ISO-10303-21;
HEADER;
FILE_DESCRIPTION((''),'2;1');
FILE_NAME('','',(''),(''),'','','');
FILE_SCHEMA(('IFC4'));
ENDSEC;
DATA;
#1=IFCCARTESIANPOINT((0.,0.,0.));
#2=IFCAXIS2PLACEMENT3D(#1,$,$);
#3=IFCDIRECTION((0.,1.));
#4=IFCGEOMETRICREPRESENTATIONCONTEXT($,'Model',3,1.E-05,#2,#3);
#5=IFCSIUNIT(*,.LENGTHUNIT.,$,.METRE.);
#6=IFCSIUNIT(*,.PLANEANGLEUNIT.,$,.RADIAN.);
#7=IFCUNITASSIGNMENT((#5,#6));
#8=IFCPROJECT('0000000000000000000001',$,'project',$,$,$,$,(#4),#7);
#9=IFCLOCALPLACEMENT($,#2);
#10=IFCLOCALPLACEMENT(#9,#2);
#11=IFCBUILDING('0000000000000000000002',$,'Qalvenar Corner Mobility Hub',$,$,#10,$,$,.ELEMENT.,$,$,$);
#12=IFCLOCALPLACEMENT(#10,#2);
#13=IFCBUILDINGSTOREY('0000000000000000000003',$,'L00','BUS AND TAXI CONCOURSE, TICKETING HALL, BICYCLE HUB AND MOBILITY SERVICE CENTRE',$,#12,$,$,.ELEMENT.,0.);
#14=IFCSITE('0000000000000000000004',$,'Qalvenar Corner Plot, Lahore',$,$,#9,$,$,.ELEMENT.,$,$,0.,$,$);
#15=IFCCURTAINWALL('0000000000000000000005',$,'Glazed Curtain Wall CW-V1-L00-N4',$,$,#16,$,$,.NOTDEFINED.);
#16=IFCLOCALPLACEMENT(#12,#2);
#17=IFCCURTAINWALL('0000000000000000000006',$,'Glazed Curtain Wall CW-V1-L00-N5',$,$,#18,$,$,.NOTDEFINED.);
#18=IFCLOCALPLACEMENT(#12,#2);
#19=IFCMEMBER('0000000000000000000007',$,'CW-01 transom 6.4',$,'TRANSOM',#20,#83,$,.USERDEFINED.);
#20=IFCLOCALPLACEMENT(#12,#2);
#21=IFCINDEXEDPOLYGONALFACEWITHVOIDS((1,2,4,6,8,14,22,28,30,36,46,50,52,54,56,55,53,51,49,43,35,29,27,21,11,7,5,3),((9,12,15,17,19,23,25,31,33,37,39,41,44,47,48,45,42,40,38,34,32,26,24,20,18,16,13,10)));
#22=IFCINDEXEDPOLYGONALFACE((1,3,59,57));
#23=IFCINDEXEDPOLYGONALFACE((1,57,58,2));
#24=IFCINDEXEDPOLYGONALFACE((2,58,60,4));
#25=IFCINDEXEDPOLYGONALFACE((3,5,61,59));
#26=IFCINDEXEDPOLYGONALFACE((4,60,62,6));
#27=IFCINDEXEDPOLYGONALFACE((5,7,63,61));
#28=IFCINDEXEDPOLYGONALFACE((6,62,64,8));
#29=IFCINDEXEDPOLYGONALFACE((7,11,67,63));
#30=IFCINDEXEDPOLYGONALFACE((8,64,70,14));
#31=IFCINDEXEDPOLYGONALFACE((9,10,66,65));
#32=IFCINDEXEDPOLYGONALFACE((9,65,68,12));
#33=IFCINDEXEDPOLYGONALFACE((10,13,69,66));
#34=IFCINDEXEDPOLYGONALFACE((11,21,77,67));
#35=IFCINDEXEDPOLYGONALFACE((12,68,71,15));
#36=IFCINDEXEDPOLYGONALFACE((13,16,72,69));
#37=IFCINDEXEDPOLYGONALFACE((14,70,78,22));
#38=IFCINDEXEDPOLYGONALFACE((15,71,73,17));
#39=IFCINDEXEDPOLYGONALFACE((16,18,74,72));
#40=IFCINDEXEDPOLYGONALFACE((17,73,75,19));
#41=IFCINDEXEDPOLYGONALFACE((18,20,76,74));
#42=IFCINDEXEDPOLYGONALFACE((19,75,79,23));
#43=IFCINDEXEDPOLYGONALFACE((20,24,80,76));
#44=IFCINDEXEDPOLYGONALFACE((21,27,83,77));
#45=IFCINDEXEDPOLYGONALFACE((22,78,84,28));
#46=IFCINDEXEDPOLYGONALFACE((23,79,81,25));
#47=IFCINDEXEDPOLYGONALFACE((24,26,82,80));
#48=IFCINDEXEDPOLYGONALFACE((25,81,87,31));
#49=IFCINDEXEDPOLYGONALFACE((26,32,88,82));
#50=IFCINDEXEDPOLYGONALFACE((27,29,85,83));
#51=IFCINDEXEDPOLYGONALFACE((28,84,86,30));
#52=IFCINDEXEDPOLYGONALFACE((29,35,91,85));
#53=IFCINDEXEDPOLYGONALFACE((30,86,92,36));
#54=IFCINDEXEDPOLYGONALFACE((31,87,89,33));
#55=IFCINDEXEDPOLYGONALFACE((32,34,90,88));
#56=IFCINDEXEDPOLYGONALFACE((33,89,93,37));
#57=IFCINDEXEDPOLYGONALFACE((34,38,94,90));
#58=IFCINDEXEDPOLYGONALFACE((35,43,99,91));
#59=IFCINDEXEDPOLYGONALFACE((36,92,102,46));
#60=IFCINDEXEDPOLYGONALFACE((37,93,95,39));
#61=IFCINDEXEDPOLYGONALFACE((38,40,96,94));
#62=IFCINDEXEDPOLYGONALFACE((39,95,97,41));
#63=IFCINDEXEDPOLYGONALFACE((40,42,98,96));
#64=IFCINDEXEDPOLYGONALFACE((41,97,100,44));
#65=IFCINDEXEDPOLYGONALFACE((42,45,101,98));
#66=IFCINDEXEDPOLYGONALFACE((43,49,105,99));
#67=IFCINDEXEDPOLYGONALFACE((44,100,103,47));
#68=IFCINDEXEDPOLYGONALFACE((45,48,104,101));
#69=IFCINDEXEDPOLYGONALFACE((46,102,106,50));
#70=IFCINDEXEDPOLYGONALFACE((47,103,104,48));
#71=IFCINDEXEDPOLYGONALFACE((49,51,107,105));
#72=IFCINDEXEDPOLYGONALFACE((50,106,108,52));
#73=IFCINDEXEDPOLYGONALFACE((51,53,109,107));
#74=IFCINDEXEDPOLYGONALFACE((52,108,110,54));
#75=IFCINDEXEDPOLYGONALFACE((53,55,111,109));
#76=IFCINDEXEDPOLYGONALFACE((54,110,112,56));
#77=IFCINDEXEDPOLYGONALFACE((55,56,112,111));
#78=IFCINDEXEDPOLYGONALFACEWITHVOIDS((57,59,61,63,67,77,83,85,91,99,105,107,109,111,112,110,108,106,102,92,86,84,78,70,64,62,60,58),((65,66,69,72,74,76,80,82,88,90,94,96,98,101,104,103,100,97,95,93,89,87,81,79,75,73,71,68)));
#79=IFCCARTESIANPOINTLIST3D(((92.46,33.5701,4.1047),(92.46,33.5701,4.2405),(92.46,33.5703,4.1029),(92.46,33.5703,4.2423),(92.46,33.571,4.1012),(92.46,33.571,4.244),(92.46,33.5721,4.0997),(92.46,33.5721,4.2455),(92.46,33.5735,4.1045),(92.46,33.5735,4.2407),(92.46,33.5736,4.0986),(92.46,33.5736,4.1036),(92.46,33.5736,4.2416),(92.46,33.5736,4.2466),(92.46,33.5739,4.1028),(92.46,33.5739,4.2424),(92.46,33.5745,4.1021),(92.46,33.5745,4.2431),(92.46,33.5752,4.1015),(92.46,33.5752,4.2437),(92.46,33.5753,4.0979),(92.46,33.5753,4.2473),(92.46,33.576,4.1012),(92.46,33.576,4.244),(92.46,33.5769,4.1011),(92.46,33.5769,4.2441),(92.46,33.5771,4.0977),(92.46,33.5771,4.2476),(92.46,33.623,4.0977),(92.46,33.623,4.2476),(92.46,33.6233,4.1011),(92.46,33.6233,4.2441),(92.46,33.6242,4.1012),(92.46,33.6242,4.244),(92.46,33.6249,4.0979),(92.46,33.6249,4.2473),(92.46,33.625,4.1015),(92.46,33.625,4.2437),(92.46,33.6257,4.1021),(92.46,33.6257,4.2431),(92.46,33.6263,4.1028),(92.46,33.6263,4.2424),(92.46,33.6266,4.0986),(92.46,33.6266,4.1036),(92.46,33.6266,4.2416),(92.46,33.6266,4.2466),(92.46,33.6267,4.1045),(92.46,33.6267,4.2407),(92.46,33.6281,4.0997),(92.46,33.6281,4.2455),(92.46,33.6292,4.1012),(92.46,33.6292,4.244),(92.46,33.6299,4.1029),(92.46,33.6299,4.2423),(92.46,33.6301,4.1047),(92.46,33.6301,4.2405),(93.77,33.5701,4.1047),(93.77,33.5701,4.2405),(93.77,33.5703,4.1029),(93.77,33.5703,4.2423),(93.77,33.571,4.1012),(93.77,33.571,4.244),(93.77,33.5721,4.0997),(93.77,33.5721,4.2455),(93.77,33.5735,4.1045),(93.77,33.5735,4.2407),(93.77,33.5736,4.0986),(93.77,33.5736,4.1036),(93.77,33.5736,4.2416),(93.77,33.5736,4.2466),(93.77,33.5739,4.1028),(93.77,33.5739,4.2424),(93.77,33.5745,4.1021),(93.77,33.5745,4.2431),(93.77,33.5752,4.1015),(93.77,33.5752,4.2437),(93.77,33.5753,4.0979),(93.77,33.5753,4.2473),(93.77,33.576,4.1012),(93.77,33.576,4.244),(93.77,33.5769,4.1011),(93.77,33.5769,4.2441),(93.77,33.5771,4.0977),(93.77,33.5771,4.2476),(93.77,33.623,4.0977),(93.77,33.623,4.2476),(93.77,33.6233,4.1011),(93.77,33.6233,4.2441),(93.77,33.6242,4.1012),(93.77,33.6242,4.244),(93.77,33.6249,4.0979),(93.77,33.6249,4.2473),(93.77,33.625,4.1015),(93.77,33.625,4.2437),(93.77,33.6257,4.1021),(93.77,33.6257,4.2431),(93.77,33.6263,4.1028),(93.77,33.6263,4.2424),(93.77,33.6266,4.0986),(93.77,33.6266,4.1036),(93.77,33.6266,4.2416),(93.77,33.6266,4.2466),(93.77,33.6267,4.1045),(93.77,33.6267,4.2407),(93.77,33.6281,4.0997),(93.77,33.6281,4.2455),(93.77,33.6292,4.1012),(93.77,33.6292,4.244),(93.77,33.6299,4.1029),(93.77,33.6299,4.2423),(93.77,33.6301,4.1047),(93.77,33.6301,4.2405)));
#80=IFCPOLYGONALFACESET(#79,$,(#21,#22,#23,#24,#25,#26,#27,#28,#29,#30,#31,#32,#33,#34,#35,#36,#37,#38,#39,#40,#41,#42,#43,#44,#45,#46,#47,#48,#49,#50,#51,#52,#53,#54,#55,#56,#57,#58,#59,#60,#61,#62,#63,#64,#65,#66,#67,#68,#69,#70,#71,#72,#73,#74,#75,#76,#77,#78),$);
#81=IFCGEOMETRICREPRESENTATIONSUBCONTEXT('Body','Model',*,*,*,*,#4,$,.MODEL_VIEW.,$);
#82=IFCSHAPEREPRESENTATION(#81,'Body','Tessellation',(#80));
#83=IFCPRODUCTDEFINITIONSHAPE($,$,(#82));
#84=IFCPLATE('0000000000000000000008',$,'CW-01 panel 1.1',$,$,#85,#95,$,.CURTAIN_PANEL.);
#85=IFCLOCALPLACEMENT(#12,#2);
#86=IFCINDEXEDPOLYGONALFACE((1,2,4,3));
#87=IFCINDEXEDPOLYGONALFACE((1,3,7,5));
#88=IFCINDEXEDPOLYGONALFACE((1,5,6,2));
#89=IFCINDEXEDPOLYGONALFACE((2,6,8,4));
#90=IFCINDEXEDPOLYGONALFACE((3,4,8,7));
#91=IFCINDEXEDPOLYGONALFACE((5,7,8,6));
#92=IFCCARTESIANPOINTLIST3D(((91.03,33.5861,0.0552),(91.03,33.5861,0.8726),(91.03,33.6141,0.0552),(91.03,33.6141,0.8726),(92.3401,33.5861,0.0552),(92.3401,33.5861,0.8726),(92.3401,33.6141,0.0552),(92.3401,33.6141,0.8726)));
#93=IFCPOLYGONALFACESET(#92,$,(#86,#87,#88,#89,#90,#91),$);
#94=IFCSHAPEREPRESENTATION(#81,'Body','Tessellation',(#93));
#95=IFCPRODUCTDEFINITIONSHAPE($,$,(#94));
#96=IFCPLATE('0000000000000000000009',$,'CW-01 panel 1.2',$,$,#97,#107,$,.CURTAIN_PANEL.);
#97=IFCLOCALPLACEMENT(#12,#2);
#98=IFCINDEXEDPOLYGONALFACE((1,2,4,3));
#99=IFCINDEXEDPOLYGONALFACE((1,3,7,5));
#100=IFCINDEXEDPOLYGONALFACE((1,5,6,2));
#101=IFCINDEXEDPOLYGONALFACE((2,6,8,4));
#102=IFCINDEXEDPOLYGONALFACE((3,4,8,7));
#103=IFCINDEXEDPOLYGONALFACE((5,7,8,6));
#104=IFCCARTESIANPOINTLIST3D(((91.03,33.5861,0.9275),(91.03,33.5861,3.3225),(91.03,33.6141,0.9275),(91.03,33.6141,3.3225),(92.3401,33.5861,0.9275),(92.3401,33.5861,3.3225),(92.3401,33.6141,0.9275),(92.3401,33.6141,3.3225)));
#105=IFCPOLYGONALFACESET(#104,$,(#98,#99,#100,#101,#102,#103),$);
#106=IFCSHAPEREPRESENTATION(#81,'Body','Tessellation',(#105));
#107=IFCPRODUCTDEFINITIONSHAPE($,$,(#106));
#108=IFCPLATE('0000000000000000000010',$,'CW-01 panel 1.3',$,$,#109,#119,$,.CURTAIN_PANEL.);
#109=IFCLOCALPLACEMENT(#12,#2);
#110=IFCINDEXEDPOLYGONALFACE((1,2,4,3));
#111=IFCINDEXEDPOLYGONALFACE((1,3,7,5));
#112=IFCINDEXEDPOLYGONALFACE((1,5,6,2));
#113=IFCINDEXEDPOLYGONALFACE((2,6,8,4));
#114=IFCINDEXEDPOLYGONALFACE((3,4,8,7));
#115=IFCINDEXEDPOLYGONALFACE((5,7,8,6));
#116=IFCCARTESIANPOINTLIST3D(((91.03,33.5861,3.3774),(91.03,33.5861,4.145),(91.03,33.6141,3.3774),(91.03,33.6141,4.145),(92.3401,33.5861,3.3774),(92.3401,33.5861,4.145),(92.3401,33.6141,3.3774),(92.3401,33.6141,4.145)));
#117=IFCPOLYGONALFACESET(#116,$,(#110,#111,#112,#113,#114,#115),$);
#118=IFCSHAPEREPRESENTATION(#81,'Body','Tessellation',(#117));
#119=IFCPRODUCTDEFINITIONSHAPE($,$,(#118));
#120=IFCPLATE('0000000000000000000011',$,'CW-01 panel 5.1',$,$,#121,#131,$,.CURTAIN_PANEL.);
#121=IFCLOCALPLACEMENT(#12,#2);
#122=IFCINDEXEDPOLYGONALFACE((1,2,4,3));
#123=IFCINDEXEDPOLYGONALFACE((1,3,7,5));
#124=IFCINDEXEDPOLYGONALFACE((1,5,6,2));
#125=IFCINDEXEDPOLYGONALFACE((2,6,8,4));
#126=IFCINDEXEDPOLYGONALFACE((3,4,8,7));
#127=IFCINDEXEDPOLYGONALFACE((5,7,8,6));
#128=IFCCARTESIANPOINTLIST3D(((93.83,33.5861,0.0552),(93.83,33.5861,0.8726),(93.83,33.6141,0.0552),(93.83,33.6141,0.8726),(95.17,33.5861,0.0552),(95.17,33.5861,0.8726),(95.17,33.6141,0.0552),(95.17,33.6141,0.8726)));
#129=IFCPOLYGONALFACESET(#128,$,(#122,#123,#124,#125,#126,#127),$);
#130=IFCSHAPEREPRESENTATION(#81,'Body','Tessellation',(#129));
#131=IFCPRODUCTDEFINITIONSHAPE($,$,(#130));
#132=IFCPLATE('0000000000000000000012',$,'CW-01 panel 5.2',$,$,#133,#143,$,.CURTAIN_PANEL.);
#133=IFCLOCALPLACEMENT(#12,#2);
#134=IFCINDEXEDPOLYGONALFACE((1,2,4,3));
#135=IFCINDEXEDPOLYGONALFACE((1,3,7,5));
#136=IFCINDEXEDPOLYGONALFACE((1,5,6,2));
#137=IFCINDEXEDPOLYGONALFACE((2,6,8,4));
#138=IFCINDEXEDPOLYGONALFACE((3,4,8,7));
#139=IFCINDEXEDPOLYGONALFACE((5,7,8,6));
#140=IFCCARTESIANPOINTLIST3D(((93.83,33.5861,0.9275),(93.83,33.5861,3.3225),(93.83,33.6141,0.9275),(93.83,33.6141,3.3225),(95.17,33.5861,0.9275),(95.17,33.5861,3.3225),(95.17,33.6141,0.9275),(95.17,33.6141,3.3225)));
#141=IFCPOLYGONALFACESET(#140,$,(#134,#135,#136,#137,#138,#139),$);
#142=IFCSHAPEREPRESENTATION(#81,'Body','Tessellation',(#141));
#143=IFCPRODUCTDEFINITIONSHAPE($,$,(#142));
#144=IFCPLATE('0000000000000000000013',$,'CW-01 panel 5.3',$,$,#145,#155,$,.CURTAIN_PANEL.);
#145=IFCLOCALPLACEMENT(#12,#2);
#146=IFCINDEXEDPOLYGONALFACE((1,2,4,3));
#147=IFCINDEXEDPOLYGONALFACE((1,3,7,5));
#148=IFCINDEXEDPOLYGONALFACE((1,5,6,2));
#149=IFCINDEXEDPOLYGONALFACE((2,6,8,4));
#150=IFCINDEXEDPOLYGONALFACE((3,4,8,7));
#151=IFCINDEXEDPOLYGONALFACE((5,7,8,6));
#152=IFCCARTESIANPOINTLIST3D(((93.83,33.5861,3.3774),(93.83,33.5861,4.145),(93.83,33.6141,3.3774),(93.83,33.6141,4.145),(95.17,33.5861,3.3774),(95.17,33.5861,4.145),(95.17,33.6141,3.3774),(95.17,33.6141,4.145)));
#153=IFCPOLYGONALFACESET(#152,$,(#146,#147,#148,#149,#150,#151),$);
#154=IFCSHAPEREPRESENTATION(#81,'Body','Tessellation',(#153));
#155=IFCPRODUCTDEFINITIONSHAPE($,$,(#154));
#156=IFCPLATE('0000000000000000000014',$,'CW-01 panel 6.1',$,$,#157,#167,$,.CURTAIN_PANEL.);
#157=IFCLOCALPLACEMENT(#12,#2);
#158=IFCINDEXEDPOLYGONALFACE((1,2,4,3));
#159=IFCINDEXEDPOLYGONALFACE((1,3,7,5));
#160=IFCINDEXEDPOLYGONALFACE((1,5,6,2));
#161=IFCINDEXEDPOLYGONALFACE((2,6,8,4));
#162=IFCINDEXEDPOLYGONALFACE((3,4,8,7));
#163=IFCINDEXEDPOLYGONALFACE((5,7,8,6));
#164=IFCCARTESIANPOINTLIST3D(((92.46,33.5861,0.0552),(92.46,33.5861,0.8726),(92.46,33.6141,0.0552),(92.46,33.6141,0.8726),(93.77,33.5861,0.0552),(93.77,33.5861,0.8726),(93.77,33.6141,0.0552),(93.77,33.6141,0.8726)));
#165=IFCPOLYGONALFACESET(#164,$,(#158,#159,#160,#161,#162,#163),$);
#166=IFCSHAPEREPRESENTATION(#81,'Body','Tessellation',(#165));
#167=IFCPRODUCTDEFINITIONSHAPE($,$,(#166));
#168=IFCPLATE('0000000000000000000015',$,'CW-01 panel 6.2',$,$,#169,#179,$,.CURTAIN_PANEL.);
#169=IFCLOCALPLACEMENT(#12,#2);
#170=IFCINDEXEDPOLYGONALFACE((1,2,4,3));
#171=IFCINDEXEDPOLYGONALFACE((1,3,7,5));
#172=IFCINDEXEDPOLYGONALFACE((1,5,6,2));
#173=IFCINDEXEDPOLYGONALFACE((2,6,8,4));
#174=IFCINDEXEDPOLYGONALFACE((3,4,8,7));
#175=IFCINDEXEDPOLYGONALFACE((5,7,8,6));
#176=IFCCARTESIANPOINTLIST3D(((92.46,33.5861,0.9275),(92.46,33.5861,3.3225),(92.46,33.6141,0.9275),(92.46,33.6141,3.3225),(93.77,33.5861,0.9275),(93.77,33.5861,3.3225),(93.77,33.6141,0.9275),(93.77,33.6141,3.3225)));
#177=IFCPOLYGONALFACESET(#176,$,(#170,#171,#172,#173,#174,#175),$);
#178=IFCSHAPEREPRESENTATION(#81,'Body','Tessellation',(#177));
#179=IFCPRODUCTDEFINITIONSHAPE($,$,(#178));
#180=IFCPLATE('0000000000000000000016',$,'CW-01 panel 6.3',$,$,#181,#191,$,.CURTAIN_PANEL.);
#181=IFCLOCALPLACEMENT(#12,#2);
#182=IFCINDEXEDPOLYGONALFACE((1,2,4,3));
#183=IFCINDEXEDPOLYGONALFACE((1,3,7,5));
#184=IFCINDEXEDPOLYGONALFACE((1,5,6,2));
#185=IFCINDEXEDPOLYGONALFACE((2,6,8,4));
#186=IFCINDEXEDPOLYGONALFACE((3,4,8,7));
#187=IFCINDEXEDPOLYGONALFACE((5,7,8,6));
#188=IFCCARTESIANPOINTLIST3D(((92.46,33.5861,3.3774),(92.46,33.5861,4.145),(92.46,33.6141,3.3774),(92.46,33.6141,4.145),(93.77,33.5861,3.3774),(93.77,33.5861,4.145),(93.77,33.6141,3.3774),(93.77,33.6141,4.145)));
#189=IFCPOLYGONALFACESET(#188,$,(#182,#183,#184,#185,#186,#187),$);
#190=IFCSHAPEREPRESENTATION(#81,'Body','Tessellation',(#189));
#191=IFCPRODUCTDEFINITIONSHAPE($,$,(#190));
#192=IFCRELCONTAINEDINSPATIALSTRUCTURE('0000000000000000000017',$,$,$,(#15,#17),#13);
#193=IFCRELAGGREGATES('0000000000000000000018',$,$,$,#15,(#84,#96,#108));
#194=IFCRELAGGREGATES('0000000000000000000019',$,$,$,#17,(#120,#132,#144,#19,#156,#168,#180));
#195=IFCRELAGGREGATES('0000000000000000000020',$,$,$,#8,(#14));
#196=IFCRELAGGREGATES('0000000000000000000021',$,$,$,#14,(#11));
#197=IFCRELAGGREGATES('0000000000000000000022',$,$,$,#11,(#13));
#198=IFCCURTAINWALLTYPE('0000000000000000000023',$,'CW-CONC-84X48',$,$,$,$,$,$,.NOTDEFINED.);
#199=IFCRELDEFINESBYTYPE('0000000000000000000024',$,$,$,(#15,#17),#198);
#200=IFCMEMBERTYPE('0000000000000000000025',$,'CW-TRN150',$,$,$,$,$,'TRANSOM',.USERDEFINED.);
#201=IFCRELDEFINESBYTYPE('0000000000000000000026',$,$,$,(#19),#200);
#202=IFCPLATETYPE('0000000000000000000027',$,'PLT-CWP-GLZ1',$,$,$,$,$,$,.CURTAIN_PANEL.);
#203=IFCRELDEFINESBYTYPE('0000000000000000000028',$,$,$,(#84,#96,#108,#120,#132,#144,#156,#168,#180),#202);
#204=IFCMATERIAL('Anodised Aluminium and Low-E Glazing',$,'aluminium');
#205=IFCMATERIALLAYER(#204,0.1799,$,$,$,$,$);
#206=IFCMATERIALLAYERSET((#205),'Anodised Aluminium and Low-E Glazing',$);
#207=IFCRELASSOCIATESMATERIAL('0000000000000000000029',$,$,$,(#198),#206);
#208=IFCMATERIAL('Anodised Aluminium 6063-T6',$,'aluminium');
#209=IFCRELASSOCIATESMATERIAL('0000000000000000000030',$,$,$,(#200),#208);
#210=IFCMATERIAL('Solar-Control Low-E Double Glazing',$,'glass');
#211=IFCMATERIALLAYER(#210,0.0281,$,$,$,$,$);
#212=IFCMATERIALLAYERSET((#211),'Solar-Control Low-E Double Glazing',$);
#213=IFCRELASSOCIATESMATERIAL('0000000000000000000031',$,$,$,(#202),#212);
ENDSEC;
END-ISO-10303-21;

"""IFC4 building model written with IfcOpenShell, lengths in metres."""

from ifc_helpers import new_model, si_unit, direction, frame, origin, origin_2d, place, context, subcontext, project, spatial, rectangle, hollow_rectangle, extrude, material, layer, layer_set, material_profile, profile_set, type_object, element, aggregate, save


model = new_model("IFC4")

# Units and contexts
model_context = context("Model", 3, precision=1e-05, world=origin(), true_north=direction((0.0, 1.0)))
body_context = subcontext(model_context, "Body", "Model", "MODEL_VIEW")
ifc_project = project(units=[si_unit("LENGTHUNIT", "METRE"), si_unit("PLANEANGLEUNIT", "RADIAN")], contexts=[model_context])

# Site, building, storey
site_placement = place(None, origin())
site = spatial("IfcSite", under=ifc_project, at=site_placement, Name="Qalvenar Corner Plot, Lahore", CompositionType="ELEMENT", RefElevation=0.0)
building_placement = place(site_placement, origin())
building = spatial("IfcBuilding", under=site, at=building_placement, Name="Qalvenar Corner Mobility Hub", CompositionType="ELEMENT")
storey_placement = place(building_placement, origin())
storey = spatial("IfcBuildingStorey", under=building, at=storey_placement, Name="L00", Description="BUS AND TAXI CONCOURSE, TICKETING HALL, BICYCLE HUB AND MOBILITY SERVICE CENTRE", CompositionType="ELEMENT", Elevation=0.0)

# Curtain walls
ifc_material_1 = material(Name="Anodised Aluminium and Low-E Glazing", Category="aluminium")
ifc_layer_1 = layer(ifc_material_1, 0.1799)
ifc_layer_set_1 = layer_set([ifc_layer_1], Name="Anodised Aluminium and Low-E Glazing")
curtain_wall_type = type_object("IfcCurtainWallType", Name="CW-CONC-84X48", PredefinedType="NOTDEFINED", material=ifc_layer_set_1)
curtain_wall_1_placement = place(storey_placement, origin())
curtain_wall_1 = element("IfcCurtainWall", 1, at=curtain_wall_1_placement, inside=storey, type_object=curtain_wall_type, Name="Glazed Curtain Wall CW-V1-L00-N4", PredefinedType="NOTDEFINED")
ifc_material_2 = material(Name="Anodised Aluminium 6063-T6", Category="aluminium")
curtain_wall_2_placement = place(storey_placement, origin())
curtain_wall_2 = element("IfcCurtainWall", 2, at=curtain_wall_2_placement, inside=storey, type_object=curtain_wall_type, Name="Glazed Curtain Wall CW-V1-L00-N5", PredefinedType="NOTDEFINED")

# Member
ifc_material_profile_1 = material_profile(ifc_material_2, hollow_rectangle(XDim=0.0601, YDim=0.1499, WallThickness=0.0034, InnerFilletRadius=0.0034, OuterFilletRadius=0.0071, at=origin_2d()), Name="RHS150x60x3.5")
ifc_profile_set_1 = profile_set([ifc_material_profile_1], Name="Anodised Aluminium 6063-T6")
member_type_1 = type_object("IfcMemberType", Name="CW-TRN150", ElementType="TRANSOM", PredefinedType="USERDEFINED", material=ifc_profile_set_1)
member_1_placement = place(storey_placement, frame((93.77, 33.6001, 4.1726), z_axis=(-1.0, 0.0, 0.0), x_axis=(0.0, -1.0, 0.0)))
member_1 = element("IfcMember", 3, at=member_1_placement, type_object=member_type_1, Name="CW-01 transom 6.4", ObjectType="TRANSOM", PredefinedType="USERDEFINED", context=body_context, shape_type="SweptSolid", body=[
    extrude(hollow_rectangle(XDim=0.0601, YDim=0.1499, WallThickness=0.0034, InnerFilletRadius=0.0034, OuterFilletRadius=0.0071, at=origin_2d()), origin(), (0.0, 0.0, 1.0), 1.3101),
])

# Plates
ifc_material_3 = material(Name="Solar-Control Low-E Double Glazing", Category="glass")
ifc_layer_2 = layer(ifc_material_3, 0.0281)
ifc_layer_set_2 = layer_set([ifc_layer_2], Name="Solar-Control Low-E Double Glazing")
plate_type = type_object("IfcPlateType", Name="PLT-CWP-GLZ1", PredefinedType="CURTAIN_PANEL", material=ifc_layer_set_2)
plate_1_placement = place(storey_placement, frame((91.6851, 33.6001, 0.0552), z_axis=(0.0, 0.0, 1.0), x_axis=(-1.0, 0.0, 0.0)))
plate_1 = element("IfcPlate", 4, at=plate_1_placement, type_object=plate_type, Name="CW-01 panel 1.1", PredefinedType="CURTAIN_PANEL", context=body_context, shape_type="SweptSolid", body=[
    extrude(rectangle(XDim=1.3101, YDim=0.0281, at=origin_2d()), origin(), (0.0, 0.0, 1.0), 0.8174),
])
plate_2_placement = place(storey_placement, frame((91.6851, 33.6001, 0.9275), z_axis=(0.0, 0.0, 1.0), x_axis=(-1.0, 0.0, 0.0)))
plate_2 = element("IfcPlate", 5, at=plate_2_placement, type_object=plate_type, Name="CW-01 panel 1.2", PredefinedType="CURTAIN_PANEL", context=body_context, shape_type="SweptSolid", body=[
    extrude(rectangle(XDim=1.3101, YDim=0.0281, at=origin_2d()), origin(), (0.0, 0.0, 1.0), 2.395),
])
plate_3_placement = place(storey_placement, frame((91.6851, 33.6001, 3.3774), z_axis=(0.0, 0.0, 1.0), x_axis=(-1.0, 0.0, 0.0)))
plate_3 = element("IfcPlate", 6, at=plate_3_placement, type_object=plate_type, Name="CW-01 panel 1.3", PredefinedType="CURTAIN_PANEL", context=body_context, shape_type="SweptSolid", body=[
    extrude(rectangle(XDim=1.3101, YDim=0.0281, at=origin_2d()), origin(), (0.0, 0.0, 1.0), 0.7676),
])
aggregate(curtain_wall_1, [plate_1, plate_2, plate_3])
plate_4_placement = place(storey_placement, frame((94.5, 33.6001, 0.0552), z_axis=(0.0, 0.0, 1.0), x_axis=(-1.0, 0.0, 0.0)))
plate_4 = element("IfcPlate", 7, at=plate_4_placement, type_object=plate_type, Name="CW-01 panel 5.1", PredefinedType="CURTAIN_PANEL", context=body_context, shape_type="SweptSolid", body=[
    extrude(rectangle(XDim=1.3401, YDim=0.0281, at=origin_2d()), origin(), (0.0, 0.0, 1.0), 0.8174),
])
plate_5_placement = place(storey_placement, frame((94.5, 33.6001, 0.9275), z_axis=(0.0, 0.0, 1.0), x_axis=(-1.0, 0.0, 0.0)))
plate_5 = element("IfcPlate", 8, at=plate_5_placement, type_object=plate_type, Name="CW-01 panel 5.2", PredefinedType="CURTAIN_PANEL", context=body_context, shape_type="SweptSolid", body=[
    extrude(rectangle(XDim=1.3401, YDim=0.0281, at=origin_2d()), origin(), (0.0, 0.0, 1.0), 2.395),
])
plate_6_placement = place(storey_placement, frame((94.5, 33.6001, 3.3774), z_axis=(0.0, 0.0, 1.0), x_axis=(-1.0, 0.0, 0.0)))
plate_6 = element("IfcPlate", 9, at=plate_6_placement, type_object=plate_type, Name="CW-01 panel 5.3", PredefinedType="CURTAIN_PANEL", context=body_context, shape_type="SweptSolid", body=[
    extrude(rectangle(XDim=1.3401, YDim=0.0281, at=origin_2d()), origin(), (0.0, 0.0, 1.0), 0.7676),
])
plate_7_placement = place(storey_placement, frame((93.115, 33.6001, 0.0552), z_axis=(0.0, 0.0, 1.0), x_axis=(-1.0, 0.0, 0.0)))
plate_7 = element("IfcPlate", 10, at=plate_7_placement, type_object=plate_type, Name="CW-01 panel 6.1", PredefinedType="CURTAIN_PANEL", context=body_context, shape_type="SweptSolid", body=[
    extrude(rectangle(XDim=1.3101, YDim=0.0281, at=origin_2d()), origin(), (0.0, 0.0, 1.0), 0.8174),
])
plate_8_placement = place(storey_placement, frame((93.115, 33.6001, 0.9275), z_axis=(0.0, 0.0, 1.0), x_axis=(-1.0, 0.0, 0.0)))
plate_8 = element("IfcPlate", 11, at=plate_8_placement, type_object=plate_type, Name="CW-01 panel 6.2", PredefinedType="CURTAIN_PANEL", context=body_context, shape_type="SweptSolid", body=[
    extrude(rectangle(XDim=1.3101, YDim=0.0281, at=origin_2d()), origin(), (0.0, 0.0, 1.0), 2.395),
])
plate_9_placement = place(storey_placement, frame((93.115, 33.6001, 3.3774), z_axis=(0.0, 0.0, 1.0), x_axis=(-1.0, 0.0, 0.0)))
plate_9 = element("IfcPlate", 12, at=plate_9_placement, type_object=plate_type, Name="CW-01 panel 6.3", PredefinedType="CURTAIN_PANEL", context=body_context, shape_type="SweptSolid", body=[
    extrude(rectangle(XDim=1.3101, YDim=0.0281, at=origin_2d()), origin(), (0.0, 0.0, 1.0), 0.7676),
])
aggregate(curtain_wall_2, [plate_4, plate_5, plate_6, member_1, plate_7, plate_8, plate_9])

save(model, "model.ifc")
